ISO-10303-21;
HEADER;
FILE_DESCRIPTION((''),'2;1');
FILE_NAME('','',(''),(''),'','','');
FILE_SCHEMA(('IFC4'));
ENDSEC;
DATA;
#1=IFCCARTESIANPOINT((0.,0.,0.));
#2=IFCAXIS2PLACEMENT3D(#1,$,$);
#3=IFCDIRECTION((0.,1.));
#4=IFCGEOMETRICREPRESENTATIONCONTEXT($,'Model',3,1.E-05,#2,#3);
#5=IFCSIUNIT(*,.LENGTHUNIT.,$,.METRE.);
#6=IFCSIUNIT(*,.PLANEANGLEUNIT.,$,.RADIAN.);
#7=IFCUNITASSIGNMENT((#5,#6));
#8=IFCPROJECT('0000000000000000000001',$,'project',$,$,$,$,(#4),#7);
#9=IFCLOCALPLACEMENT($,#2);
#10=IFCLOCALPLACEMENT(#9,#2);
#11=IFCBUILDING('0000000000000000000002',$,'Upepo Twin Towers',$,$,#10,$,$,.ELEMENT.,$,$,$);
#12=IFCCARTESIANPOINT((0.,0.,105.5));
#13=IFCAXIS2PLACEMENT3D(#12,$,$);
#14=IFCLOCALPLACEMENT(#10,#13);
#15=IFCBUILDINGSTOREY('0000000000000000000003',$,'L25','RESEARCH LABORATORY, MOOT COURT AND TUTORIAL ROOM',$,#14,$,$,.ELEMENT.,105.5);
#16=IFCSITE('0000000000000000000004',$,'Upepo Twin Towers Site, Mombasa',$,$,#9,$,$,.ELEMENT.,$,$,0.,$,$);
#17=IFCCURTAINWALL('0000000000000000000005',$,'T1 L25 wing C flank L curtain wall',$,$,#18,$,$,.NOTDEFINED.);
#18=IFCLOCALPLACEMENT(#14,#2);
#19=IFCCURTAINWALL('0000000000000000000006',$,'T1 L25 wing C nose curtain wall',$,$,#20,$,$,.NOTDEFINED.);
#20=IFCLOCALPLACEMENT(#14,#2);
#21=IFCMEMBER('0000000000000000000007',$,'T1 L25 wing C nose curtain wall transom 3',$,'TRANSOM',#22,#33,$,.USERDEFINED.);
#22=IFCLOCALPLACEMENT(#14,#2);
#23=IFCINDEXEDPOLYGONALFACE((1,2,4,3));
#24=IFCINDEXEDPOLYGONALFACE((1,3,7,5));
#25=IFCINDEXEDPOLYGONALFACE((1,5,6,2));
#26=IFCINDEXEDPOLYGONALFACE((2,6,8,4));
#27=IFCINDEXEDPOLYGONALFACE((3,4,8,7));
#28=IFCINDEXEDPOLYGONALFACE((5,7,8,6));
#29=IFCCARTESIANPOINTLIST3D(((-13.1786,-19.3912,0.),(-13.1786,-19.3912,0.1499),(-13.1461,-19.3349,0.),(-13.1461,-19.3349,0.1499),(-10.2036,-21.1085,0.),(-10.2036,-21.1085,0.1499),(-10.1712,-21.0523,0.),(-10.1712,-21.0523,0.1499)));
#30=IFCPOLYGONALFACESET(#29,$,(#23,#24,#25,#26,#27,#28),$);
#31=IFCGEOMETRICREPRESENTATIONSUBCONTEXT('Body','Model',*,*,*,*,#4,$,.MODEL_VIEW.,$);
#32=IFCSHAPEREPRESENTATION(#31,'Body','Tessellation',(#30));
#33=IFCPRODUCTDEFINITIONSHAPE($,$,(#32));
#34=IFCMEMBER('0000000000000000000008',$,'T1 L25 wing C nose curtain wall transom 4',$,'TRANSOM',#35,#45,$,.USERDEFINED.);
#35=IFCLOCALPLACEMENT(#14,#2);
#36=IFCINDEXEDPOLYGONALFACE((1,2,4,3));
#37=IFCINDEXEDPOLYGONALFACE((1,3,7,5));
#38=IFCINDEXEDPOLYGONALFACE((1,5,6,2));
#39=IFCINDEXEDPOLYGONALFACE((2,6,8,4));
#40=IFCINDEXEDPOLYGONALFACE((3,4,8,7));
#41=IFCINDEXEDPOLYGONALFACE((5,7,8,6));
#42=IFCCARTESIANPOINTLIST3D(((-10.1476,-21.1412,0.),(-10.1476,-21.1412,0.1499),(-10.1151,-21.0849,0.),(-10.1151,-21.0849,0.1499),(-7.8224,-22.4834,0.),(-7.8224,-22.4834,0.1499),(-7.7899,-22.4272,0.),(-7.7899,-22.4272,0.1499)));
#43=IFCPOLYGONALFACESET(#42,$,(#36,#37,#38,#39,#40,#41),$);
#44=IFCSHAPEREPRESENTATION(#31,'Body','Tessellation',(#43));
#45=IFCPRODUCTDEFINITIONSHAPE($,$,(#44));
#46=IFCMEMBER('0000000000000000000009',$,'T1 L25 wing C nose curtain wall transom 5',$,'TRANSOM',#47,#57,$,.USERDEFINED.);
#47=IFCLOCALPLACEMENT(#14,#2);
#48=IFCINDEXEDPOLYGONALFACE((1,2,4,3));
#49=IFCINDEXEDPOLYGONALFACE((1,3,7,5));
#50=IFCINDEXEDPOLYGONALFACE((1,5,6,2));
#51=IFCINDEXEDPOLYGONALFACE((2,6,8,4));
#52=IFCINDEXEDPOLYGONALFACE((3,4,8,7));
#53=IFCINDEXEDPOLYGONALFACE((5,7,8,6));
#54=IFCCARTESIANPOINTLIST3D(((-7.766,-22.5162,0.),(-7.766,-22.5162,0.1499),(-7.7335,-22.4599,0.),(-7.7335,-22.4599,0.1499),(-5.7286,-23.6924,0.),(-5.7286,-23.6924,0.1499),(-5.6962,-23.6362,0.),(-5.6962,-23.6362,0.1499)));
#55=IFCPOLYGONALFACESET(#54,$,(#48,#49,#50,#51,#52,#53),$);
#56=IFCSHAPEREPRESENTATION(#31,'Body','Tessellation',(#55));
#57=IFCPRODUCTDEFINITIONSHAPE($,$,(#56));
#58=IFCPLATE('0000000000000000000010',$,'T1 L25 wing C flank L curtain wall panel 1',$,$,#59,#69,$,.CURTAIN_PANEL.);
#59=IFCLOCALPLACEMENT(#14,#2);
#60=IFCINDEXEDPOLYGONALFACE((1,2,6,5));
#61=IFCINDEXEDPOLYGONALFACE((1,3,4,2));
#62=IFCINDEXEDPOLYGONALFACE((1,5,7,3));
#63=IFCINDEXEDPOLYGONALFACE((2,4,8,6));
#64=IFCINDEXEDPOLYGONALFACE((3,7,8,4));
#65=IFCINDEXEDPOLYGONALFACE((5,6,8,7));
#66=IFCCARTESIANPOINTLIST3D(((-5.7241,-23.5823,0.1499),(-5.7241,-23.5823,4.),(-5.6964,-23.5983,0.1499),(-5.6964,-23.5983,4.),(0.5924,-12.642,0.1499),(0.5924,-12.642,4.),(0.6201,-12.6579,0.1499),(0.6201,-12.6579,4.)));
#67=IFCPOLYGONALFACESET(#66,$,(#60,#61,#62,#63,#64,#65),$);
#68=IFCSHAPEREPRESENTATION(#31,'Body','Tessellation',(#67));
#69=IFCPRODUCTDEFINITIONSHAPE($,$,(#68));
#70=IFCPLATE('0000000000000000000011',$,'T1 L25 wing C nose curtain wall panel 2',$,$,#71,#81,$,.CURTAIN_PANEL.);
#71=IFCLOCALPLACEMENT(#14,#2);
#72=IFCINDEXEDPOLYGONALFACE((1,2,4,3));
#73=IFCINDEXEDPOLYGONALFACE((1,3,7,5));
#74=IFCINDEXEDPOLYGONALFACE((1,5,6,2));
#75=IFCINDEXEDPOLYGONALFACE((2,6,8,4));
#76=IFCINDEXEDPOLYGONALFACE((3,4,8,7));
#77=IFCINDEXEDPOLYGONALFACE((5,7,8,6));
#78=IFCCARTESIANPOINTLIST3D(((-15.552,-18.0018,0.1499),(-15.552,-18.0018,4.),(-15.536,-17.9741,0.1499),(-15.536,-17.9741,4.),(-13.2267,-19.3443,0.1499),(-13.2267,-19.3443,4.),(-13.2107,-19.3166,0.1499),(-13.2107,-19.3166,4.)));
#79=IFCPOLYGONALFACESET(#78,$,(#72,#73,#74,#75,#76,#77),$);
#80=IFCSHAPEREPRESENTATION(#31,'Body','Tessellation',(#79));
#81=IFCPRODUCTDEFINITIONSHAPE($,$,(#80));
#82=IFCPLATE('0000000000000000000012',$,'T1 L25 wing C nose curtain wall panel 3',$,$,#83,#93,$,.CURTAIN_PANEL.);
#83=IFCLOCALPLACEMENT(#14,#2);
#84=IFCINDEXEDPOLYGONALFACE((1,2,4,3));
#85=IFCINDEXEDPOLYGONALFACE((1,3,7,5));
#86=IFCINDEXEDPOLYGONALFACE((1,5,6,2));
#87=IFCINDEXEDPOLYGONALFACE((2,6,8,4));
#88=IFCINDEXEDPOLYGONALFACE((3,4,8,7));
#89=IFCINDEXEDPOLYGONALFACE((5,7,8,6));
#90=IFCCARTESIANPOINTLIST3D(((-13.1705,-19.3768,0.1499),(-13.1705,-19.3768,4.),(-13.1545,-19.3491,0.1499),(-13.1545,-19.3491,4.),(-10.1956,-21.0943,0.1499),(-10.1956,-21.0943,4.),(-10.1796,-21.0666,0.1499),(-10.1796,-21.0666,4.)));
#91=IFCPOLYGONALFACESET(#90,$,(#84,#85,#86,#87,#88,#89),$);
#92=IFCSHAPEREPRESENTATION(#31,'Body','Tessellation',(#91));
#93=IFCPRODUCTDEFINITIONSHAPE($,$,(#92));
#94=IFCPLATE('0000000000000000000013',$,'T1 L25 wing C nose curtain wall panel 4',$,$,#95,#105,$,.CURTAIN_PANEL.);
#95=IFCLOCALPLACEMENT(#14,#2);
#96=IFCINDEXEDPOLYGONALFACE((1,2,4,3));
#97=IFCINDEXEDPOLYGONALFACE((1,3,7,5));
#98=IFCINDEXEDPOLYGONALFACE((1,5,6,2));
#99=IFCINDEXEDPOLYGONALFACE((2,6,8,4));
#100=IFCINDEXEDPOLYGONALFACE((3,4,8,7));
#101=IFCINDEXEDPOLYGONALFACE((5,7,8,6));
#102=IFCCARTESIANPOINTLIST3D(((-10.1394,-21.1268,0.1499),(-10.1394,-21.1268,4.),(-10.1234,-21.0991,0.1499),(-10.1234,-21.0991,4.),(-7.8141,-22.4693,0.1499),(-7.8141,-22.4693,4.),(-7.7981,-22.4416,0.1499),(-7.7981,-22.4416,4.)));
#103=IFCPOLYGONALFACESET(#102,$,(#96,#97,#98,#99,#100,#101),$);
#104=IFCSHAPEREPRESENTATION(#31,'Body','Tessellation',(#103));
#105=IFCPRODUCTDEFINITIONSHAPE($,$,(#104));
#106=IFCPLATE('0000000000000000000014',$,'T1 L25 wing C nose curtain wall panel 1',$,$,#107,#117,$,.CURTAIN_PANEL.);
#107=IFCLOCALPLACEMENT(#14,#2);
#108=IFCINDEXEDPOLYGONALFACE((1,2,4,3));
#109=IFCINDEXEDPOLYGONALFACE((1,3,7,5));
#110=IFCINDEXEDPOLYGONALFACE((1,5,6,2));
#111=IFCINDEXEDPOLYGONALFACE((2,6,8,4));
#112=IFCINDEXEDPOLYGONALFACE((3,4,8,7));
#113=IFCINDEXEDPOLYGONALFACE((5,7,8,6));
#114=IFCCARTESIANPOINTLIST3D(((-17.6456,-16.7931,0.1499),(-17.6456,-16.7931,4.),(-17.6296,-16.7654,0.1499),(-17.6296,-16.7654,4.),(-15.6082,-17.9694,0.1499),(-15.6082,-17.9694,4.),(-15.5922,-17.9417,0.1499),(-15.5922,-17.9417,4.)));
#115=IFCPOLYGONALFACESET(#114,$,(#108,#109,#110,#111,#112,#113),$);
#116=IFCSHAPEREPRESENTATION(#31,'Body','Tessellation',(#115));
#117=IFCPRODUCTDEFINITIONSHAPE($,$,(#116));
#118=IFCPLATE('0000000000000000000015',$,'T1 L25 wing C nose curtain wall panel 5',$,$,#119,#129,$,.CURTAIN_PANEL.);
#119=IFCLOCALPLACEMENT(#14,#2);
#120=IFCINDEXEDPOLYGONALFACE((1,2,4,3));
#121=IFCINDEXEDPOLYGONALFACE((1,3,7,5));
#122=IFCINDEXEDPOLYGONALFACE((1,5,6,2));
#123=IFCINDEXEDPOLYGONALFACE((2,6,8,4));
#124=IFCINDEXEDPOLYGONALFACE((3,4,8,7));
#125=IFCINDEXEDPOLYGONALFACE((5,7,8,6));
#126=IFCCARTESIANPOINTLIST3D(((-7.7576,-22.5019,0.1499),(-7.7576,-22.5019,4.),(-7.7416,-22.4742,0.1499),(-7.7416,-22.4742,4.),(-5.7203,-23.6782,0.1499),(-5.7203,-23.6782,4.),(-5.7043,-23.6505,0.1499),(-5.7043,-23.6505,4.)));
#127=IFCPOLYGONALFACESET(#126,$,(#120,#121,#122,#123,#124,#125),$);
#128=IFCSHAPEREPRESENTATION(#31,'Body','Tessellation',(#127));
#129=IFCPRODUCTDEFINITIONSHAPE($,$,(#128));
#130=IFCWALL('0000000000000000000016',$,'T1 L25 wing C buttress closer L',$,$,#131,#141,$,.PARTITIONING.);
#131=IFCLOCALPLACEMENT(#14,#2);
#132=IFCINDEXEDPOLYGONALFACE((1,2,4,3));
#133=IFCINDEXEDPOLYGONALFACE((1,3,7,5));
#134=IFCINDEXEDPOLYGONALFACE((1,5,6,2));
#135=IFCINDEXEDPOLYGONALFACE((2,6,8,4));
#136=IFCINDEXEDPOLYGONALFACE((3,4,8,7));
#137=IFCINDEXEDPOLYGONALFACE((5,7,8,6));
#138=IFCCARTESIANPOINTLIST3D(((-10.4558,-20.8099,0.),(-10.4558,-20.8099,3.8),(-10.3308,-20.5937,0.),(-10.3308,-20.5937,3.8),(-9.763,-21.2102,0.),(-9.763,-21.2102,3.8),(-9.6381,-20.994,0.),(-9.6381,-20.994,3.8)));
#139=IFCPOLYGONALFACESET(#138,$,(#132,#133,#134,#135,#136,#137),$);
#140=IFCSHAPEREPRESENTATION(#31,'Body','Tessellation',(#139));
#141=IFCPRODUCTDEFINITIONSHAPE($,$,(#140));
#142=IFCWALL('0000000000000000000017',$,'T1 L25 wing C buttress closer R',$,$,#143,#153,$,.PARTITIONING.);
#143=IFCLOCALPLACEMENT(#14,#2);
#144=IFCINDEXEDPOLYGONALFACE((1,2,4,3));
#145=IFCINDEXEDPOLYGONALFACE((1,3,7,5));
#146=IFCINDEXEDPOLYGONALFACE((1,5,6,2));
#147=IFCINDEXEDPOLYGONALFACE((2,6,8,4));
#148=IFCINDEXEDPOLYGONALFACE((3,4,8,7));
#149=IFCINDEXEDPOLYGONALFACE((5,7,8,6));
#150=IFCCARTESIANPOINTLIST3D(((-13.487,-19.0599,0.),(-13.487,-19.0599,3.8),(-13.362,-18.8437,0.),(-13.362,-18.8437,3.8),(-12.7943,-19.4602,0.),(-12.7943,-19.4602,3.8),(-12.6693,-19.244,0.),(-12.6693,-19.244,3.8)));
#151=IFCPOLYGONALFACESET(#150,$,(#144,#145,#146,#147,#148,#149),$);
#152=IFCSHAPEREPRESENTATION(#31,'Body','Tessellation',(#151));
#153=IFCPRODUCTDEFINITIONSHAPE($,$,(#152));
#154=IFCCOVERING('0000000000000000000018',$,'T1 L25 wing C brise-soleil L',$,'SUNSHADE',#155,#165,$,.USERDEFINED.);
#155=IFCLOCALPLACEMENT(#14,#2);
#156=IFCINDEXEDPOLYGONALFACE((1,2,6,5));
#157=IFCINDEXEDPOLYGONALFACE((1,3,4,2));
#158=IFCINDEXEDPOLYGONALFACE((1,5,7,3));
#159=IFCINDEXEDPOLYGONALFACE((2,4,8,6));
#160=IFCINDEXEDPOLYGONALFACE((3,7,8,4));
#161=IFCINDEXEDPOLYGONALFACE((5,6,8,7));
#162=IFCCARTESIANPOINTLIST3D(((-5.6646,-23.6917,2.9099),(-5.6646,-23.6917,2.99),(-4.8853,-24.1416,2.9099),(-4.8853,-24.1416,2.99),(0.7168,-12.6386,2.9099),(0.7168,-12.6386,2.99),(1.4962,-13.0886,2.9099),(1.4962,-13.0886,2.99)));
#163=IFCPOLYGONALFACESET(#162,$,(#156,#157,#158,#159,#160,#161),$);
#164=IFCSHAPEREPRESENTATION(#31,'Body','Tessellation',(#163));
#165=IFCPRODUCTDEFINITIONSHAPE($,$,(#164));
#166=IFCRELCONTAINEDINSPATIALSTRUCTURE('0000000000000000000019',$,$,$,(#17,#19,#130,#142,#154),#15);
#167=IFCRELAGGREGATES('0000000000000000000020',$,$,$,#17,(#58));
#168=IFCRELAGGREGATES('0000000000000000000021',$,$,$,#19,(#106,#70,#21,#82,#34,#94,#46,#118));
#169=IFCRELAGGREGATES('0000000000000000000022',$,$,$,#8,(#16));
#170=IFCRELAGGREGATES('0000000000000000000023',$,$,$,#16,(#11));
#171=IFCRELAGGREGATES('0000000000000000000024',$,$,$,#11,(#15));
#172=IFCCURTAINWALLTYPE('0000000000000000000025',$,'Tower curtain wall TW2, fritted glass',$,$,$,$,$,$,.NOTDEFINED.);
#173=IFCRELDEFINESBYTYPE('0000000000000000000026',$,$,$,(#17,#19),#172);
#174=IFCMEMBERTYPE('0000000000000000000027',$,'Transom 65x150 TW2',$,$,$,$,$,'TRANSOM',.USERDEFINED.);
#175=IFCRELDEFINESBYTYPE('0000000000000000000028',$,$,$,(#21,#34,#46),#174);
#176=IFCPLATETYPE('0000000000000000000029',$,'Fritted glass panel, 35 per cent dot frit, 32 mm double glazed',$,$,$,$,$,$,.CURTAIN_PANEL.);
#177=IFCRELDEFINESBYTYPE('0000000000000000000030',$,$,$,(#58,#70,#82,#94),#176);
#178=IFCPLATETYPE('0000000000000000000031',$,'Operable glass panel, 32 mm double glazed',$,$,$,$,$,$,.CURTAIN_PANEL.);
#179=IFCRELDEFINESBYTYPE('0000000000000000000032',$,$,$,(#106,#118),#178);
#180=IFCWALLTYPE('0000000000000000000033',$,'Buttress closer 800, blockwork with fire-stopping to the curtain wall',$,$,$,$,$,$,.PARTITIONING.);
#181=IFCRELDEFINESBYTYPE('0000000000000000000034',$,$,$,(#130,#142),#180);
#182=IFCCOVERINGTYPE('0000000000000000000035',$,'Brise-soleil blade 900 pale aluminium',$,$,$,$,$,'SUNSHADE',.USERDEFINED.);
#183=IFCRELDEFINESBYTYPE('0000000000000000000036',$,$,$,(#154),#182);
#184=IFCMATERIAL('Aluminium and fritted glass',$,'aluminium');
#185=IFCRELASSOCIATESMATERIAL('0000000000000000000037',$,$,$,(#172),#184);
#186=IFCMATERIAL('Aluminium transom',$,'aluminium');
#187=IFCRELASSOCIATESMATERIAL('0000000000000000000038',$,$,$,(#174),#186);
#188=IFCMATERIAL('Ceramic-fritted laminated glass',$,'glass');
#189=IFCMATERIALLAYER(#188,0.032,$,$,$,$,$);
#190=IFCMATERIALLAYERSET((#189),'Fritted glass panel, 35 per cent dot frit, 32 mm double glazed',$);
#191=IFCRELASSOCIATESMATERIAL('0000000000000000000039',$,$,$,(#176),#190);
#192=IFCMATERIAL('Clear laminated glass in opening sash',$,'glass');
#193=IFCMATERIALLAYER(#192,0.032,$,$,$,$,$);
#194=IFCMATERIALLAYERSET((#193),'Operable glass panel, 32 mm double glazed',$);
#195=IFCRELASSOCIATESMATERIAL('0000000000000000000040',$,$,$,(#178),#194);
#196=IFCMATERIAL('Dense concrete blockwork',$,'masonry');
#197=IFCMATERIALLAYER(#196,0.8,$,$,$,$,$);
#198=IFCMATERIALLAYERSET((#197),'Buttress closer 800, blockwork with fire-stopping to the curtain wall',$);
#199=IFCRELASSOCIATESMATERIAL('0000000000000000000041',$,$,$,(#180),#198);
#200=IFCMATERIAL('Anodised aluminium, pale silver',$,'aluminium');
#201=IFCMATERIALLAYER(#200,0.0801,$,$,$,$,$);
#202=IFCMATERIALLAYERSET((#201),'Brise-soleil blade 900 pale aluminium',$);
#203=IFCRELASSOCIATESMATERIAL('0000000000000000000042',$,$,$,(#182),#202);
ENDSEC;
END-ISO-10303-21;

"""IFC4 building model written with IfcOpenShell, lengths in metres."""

from ifc_helpers import new_model, si_unit, direction, frame, frame_2d, origin, origin_2d, place, context, subcontext, project, spatial, rectangle, extrude, material, layer, layer_set, material_profile, profile_set, type_object, element, aggregate, save


model = new_model("IFC4")

# Units and contexts
model_context = context("Model", 3, precision=1e-05, world=origin(), true_north=direction((0.0, 1.0)))
body_context = subcontext(model_context, "Body", "Model", "MODEL_VIEW")
ifc_project = project(units=[si_unit("LENGTHUNIT", "METRE"), si_unit("PLANEANGLEUNIT", "RADIAN")], contexts=[model_context])

# Site, building, storey
site_placement = place(None, origin())
site = spatial("IfcSite", under=ifc_project, at=site_placement, Name="Upepo Twin Towers Site, Mombasa", CompositionType="ELEMENT", RefElevation=0.0)
building_placement = place(site_placement, origin())
building = spatial("IfcBuilding", under=site, at=building_placement, Name="Upepo Twin Towers", CompositionType="ELEMENT")
storey_placement = place(building_placement, frame((0.0, 0.0, 105.5)))
storey = spatial("IfcBuildingStorey", under=building, at=storey_placement, Name="L25", Description="RESEARCH LABORATORY, MOOT COURT AND TUTORIAL ROOM", CompositionType="ELEMENT", Elevation=105.5)

# Curtain wall
ifc_material_1 = material(Name="Aluminium and fritted glass", Category="aluminium")
curtain_wall_type = type_object("IfcCurtainWallType", Name="Tower curtain wall TW2, fritted glass", PredefinedType="NOTDEFINED", material=ifc_material_1)
curtain_wall_1_placement = place(storey_placement, origin())
curtain_wall_1 = element("IfcCurtainWall", 1, at=curtain_wall_1_placement, inside=storey, type_object=curtain_wall_type, Name="T1 L25 wing C flank L curtain wall", PredefinedType="NOTDEFINED")

# Curtain wall
curtain_wall_2_placement = place(storey_placement, origin())
curtain_wall_2 = element("IfcCurtainWall", 2, at=curtain_wall_2_placement, inside=storey, type_object=curtain_wall_type, Name="T1 L25 wing C nose curtain wall", PredefinedType="NOTDEFINED")

# Members
ifc_material_2 = material(Name="Aluminium transom", Category="aluminium")
ifc_material_profile_1 = material_profile(ifc_material_2, rectangle(XDim=0.0649, YDim=0.1499, at=origin_2d()), Name="TRANSOM 65x150")
ifc_profile_set_1 = profile_set([ifc_material_profile_1], Name="Aluminium transom")
member_type_1 = type_object("IfcMemberType", Name="Transom 65x150 TW2", ElementType="TRANSOM", PredefinedType="USERDEFINED", material=ifc_profile_set_1)
member_1_placement = place(storey_placement, frame((-13.1624, -19.363, 0.075), z_axis=(0.866057, -0.499946, 0.0), x_axis=(0.499946, 0.866057, 0.0)))
member_1 = element("IfcMember", 3, at=member_1_placement, type_object=member_type_1, Name="T1 L25 wing C nose curtain wall transom 3", ObjectType="TRANSOM", PredefinedType="USERDEFINED", context=body_context, shape_type="SweptSolid", body=[
    extrude(rectangle(XDim=0.0649, YDim=0.1499, at=origin_2d()), origin(), (0.0, 0.0, 1.0), 3.4351),
])
member_2_placement = place(storey_placement, frame((-10.1313, -21.113, 0.075), z_axis=(0.866052, -0.499953, 0.0), x_axis=(0.499953, 0.866052, 0.0)))
member_2 = element("IfcMember", 4, at=member_2_placement, type_object=member_type_1, Name="T1 L25 wing C nose curtain wall transom 4", ObjectType="TRANSOM", PredefinedType="USERDEFINED", context=body_context, shape_type="SweptSolid", body=[
    extrude(rectangle(XDim=0.0649, YDim=0.1499, at=origin_2d()), origin(), (0.0, 0.0, 1.0), 2.6848),
])
member_3_placement = place(storey_placement, frame((-7.7498, -22.488, 0.075), z_axis=(0.866025, -0.500001, 0.0), x_axis=(0.500001, 0.866025, 0.0)))
member_3 = element("IfcMember", 5, at=member_3_placement, type_object=member_type_1, Name="T1 L25 wing C nose curtain wall transom 5", ObjectType="TRANSOM", PredefinedType="USERDEFINED", context=body_context, shape_type="SweptSolid", body=[
    extrude(rectangle(XDim=0.0649, YDim=0.1499, at=origin_2d()), origin(), (0.0, 0.0, 1.0), 2.3525),
])

# Plates
ifc_material_3 = material(Name="Ceramic-fritted laminated glass", Category="glass")
ifc_layer_1 = layer(ifc_material_3, 0.032)
ifc_layer_set_1 = layer_set([ifc_layer_1], Name="Fritted glass panel, 35 per cent dot frit, 32 mm double glazed")
plate_type_1 = type_object("IfcPlateType", Name="Fritted glass panel, 35 per cent dot frit, 32 mm double glazed", PredefinedType="CURTAIN_PANEL", material=ifc_layer_set_1)
plate_1_placement = place(storey_placement, frame((-2.552, -18.1201, 0.1499), z_axis=(0.0, 0.0, 1.0), x_axis=(-0.5, -0.866025, 0.0)))
plate_1 = element("IfcPlate", 6, at=plate_1_placement, type_object=plate_type_1, Name="T1 L25 wing C flank L curtain wall panel 1", PredefinedType="CURTAIN_PANEL", context=body_context, shape_type="SweptSolid", body=[
    extrude(rectangle(XDim=12.6328, YDim=0.032, at=origin_2d()), origin(), (0.0, 0.0, 1.0), 3.8501),
])
aggregate(curtain_wall_1, [plate_1])
plate_2_placement = place(storey_placement, frame((-14.3813, -18.6592, 0.1499), z_axis=(0.0, 0.0, 1.0), x_axis=(0.866025, -0.5, 0.0)))
plate_2 = element("IfcPlate", 7, at=plate_2_placement, type_object=plate_type_1, Name="T1 L25 wing C nose curtain wall panel 2", PredefinedType="CURTAIN_PANEL", context=body_context, shape_type="SweptSolid", body=[
    extrude(rectangle(XDim=2.6851, YDim=0.032, at=origin_2d()), origin(), (0.0, 0.0, 1.0), 3.8501),
])
plate_3_placement = place(storey_placement, frame((-11.675, -20.2217, 0.1499), z_axis=(0.0, 0.0, 1.0), x_axis=(0.866025, -0.5, 0.0)))
plate_3 = element("IfcPlate", 8, at=plate_3_placement, type_object=plate_type_1, Name="T1 L25 wing C nose curtain wall panel 3", PredefinedType="CURTAIN_PANEL", context=body_context, shape_type="SweptSolid", body=[
    extrude(rectangle(XDim=3.4351, YDim=0.032, at=origin_2d()), origin(), (0.0, 0.0, 1.0), 3.8501),
])
plate_4_placement = place(storey_placement, frame((-8.9688, -21.7842, 0.1499), z_axis=(0.0, 0.0, 1.0), x_axis=(0.866025, -0.5, 0.0)))
plate_4 = element("IfcPlate", 9, at=plate_4_placement, type_object=plate_type_1, Name="T1 L25 wing C nose curtain wall panel 4", PredefinedType="CURTAIN_PANEL", context=body_context, shape_type="SweptSolid", body=[
    extrude(rectangle(XDim=2.6851, YDim=0.032, at=origin_2d()), origin(), (0.0, 0.0, 1.0), 3.8501),
])
ifc_material_4 = material(Name="Clear laminated glass in opening sash", Category="glass")
ifc_layer_2 = layer(ifc_material_4, 0.032)
ifc_layer_set_2 = layer_set([ifc_layer_2], Name="Operable glass panel, 32 mm double glazed")
plate_type_2 = type_object("IfcPlateType", Name="Operable glass panel, 32 mm double glazed", PredefinedType="CURTAIN_PANEL", material=ifc_layer_set_2)
plate_5_placement = place(storey_placement, frame((-16.6189, -17.3674, 0.1499), z_axis=(0.0, 0.0, 1.0), x_axis=(0.866025, -0.5, 0.0)))
plate_5 = element("IfcPlate", 10, at=plate_5_placement, type_object=plate_type_2, Name="T1 L25 wing C nose curtain wall panel 1", PredefinedType="CURTAIN_PANEL", context=body_context, shape_type="SweptSolid", body=[
    extrude(rectangle(XDim=2.3525, YDim=0.032, at=origin_2d()), origin(), (0.0, 0.0, 1.0), 3.8501),
])
plate_6_placement = place(storey_placement, frame((-6.731, -23.0762, 0.1499), z_axis=(0.0, 0.0, 1.0), x_axis=(0.866025, -0.5, 0.0)))
plate_6 = element("IfcPlate", 11, at=plate_6_placement, type_object=plate_type_2, Name="T1 L25 wing C nose curtain wall panel 5", PredefinedType="CURTAIN_PANEL", context=body_context, shape_type="SweptSolid", body=[
    extrude(rectangle(XDim=2.3525, YDim=0.032, at=origin_2d()), origin(), (0.0, 0.0, 1.0), 3.8501),
])
aggregate(curtain_wall_2, [plate_5, plate_2, member_1, plate_3, member_2, plate_4, member_3, plate_6])

# Walls
ifc_material_5 = material(Name="Dense concrete blockwork", Category="masonry")
ifc_layer_3 = layer(ifc_material_5, 0.8)
ifc_layer_set_3 = layer_set([ifc_layer_3], Name="Buttress closer 800, blockwork with fire-stopping to the curtain wall")
wall_type = type_object("IfcWallType", Name="Buttress closer 800, blockwork with fire-stopping to the curtain wall", PredefinedType="PARTITIONING", material=ifc_layer_set_3)
for number, where, z_axis, x_axis, name in (
    (12, (-9.9844, -20.7937, 0.0), (0.0, 0.0, 1.0), (-0.500343, -0.865827, 0.0), "T1 L25 wing C buttress closer L"),
    (13, (-13.0156, -19.0437, 0.0), (0.0, 0.0, 1.0), (-0.500343, -0.865827, 0.0), "T1 L25 wing C buttress closer R"),
):
    element("IfcWall", number, at=place(storey_placement, frame(where, z_axis=z_axis, x_axis=x_axis)), inside=storey, type_object=wall_type, Name=name, PredefinedType="PARTITIONING", context=body_context, shape_type="SweptSolid", body=[
        extrude(rectangle(XDim=0.2498, YDim=0.8, at=frame_2d((0.125, 0.0))), origin(), (0.0, 0.0, 1.0), 3.8),
    ])

# Covering
ifc_material_6 = material(Name="Anodised aluminium, pale silver", Category="aluminium")
ifc_layer_4 = layer(ifc_material_6, 0.0801)
ifc_layer_set_4 = layer_set([ifc_layer_4], Name="Brise-soleil blade 900 pale aluminium")
covering_type = type_object("IfcCoveringType", Name="Brise-soleil blade 900 pale aluminium", ElementType="SUNSHADE", PredefinedType="USERDEFINED", material=ifc_layer_set_4)
covering_placement = place(storey_placement, frame((-2.0842, -18.3901, 2.9099), z_axis=(0.0, 0.0, 1.0), x_axis=(-0.5, -0.866025, 0.0)))
element("IfcCovering", 14, at=covering_placement, inside=storey, type_object=covering_type, Name="T1 L25 wing C brise-soleil L", ObjectType="SUNSHADE", PredefinedType="USERDEFINED", context=body_context, shape_type="SweptSolid", body=[
    extrude(rectangle(XDim=12.7629, YDim=0.8999, at=origin_2d()), origin(), (0.0, 0.0, 1.0), 0.0801),
])

save(model, "model.ifc")
